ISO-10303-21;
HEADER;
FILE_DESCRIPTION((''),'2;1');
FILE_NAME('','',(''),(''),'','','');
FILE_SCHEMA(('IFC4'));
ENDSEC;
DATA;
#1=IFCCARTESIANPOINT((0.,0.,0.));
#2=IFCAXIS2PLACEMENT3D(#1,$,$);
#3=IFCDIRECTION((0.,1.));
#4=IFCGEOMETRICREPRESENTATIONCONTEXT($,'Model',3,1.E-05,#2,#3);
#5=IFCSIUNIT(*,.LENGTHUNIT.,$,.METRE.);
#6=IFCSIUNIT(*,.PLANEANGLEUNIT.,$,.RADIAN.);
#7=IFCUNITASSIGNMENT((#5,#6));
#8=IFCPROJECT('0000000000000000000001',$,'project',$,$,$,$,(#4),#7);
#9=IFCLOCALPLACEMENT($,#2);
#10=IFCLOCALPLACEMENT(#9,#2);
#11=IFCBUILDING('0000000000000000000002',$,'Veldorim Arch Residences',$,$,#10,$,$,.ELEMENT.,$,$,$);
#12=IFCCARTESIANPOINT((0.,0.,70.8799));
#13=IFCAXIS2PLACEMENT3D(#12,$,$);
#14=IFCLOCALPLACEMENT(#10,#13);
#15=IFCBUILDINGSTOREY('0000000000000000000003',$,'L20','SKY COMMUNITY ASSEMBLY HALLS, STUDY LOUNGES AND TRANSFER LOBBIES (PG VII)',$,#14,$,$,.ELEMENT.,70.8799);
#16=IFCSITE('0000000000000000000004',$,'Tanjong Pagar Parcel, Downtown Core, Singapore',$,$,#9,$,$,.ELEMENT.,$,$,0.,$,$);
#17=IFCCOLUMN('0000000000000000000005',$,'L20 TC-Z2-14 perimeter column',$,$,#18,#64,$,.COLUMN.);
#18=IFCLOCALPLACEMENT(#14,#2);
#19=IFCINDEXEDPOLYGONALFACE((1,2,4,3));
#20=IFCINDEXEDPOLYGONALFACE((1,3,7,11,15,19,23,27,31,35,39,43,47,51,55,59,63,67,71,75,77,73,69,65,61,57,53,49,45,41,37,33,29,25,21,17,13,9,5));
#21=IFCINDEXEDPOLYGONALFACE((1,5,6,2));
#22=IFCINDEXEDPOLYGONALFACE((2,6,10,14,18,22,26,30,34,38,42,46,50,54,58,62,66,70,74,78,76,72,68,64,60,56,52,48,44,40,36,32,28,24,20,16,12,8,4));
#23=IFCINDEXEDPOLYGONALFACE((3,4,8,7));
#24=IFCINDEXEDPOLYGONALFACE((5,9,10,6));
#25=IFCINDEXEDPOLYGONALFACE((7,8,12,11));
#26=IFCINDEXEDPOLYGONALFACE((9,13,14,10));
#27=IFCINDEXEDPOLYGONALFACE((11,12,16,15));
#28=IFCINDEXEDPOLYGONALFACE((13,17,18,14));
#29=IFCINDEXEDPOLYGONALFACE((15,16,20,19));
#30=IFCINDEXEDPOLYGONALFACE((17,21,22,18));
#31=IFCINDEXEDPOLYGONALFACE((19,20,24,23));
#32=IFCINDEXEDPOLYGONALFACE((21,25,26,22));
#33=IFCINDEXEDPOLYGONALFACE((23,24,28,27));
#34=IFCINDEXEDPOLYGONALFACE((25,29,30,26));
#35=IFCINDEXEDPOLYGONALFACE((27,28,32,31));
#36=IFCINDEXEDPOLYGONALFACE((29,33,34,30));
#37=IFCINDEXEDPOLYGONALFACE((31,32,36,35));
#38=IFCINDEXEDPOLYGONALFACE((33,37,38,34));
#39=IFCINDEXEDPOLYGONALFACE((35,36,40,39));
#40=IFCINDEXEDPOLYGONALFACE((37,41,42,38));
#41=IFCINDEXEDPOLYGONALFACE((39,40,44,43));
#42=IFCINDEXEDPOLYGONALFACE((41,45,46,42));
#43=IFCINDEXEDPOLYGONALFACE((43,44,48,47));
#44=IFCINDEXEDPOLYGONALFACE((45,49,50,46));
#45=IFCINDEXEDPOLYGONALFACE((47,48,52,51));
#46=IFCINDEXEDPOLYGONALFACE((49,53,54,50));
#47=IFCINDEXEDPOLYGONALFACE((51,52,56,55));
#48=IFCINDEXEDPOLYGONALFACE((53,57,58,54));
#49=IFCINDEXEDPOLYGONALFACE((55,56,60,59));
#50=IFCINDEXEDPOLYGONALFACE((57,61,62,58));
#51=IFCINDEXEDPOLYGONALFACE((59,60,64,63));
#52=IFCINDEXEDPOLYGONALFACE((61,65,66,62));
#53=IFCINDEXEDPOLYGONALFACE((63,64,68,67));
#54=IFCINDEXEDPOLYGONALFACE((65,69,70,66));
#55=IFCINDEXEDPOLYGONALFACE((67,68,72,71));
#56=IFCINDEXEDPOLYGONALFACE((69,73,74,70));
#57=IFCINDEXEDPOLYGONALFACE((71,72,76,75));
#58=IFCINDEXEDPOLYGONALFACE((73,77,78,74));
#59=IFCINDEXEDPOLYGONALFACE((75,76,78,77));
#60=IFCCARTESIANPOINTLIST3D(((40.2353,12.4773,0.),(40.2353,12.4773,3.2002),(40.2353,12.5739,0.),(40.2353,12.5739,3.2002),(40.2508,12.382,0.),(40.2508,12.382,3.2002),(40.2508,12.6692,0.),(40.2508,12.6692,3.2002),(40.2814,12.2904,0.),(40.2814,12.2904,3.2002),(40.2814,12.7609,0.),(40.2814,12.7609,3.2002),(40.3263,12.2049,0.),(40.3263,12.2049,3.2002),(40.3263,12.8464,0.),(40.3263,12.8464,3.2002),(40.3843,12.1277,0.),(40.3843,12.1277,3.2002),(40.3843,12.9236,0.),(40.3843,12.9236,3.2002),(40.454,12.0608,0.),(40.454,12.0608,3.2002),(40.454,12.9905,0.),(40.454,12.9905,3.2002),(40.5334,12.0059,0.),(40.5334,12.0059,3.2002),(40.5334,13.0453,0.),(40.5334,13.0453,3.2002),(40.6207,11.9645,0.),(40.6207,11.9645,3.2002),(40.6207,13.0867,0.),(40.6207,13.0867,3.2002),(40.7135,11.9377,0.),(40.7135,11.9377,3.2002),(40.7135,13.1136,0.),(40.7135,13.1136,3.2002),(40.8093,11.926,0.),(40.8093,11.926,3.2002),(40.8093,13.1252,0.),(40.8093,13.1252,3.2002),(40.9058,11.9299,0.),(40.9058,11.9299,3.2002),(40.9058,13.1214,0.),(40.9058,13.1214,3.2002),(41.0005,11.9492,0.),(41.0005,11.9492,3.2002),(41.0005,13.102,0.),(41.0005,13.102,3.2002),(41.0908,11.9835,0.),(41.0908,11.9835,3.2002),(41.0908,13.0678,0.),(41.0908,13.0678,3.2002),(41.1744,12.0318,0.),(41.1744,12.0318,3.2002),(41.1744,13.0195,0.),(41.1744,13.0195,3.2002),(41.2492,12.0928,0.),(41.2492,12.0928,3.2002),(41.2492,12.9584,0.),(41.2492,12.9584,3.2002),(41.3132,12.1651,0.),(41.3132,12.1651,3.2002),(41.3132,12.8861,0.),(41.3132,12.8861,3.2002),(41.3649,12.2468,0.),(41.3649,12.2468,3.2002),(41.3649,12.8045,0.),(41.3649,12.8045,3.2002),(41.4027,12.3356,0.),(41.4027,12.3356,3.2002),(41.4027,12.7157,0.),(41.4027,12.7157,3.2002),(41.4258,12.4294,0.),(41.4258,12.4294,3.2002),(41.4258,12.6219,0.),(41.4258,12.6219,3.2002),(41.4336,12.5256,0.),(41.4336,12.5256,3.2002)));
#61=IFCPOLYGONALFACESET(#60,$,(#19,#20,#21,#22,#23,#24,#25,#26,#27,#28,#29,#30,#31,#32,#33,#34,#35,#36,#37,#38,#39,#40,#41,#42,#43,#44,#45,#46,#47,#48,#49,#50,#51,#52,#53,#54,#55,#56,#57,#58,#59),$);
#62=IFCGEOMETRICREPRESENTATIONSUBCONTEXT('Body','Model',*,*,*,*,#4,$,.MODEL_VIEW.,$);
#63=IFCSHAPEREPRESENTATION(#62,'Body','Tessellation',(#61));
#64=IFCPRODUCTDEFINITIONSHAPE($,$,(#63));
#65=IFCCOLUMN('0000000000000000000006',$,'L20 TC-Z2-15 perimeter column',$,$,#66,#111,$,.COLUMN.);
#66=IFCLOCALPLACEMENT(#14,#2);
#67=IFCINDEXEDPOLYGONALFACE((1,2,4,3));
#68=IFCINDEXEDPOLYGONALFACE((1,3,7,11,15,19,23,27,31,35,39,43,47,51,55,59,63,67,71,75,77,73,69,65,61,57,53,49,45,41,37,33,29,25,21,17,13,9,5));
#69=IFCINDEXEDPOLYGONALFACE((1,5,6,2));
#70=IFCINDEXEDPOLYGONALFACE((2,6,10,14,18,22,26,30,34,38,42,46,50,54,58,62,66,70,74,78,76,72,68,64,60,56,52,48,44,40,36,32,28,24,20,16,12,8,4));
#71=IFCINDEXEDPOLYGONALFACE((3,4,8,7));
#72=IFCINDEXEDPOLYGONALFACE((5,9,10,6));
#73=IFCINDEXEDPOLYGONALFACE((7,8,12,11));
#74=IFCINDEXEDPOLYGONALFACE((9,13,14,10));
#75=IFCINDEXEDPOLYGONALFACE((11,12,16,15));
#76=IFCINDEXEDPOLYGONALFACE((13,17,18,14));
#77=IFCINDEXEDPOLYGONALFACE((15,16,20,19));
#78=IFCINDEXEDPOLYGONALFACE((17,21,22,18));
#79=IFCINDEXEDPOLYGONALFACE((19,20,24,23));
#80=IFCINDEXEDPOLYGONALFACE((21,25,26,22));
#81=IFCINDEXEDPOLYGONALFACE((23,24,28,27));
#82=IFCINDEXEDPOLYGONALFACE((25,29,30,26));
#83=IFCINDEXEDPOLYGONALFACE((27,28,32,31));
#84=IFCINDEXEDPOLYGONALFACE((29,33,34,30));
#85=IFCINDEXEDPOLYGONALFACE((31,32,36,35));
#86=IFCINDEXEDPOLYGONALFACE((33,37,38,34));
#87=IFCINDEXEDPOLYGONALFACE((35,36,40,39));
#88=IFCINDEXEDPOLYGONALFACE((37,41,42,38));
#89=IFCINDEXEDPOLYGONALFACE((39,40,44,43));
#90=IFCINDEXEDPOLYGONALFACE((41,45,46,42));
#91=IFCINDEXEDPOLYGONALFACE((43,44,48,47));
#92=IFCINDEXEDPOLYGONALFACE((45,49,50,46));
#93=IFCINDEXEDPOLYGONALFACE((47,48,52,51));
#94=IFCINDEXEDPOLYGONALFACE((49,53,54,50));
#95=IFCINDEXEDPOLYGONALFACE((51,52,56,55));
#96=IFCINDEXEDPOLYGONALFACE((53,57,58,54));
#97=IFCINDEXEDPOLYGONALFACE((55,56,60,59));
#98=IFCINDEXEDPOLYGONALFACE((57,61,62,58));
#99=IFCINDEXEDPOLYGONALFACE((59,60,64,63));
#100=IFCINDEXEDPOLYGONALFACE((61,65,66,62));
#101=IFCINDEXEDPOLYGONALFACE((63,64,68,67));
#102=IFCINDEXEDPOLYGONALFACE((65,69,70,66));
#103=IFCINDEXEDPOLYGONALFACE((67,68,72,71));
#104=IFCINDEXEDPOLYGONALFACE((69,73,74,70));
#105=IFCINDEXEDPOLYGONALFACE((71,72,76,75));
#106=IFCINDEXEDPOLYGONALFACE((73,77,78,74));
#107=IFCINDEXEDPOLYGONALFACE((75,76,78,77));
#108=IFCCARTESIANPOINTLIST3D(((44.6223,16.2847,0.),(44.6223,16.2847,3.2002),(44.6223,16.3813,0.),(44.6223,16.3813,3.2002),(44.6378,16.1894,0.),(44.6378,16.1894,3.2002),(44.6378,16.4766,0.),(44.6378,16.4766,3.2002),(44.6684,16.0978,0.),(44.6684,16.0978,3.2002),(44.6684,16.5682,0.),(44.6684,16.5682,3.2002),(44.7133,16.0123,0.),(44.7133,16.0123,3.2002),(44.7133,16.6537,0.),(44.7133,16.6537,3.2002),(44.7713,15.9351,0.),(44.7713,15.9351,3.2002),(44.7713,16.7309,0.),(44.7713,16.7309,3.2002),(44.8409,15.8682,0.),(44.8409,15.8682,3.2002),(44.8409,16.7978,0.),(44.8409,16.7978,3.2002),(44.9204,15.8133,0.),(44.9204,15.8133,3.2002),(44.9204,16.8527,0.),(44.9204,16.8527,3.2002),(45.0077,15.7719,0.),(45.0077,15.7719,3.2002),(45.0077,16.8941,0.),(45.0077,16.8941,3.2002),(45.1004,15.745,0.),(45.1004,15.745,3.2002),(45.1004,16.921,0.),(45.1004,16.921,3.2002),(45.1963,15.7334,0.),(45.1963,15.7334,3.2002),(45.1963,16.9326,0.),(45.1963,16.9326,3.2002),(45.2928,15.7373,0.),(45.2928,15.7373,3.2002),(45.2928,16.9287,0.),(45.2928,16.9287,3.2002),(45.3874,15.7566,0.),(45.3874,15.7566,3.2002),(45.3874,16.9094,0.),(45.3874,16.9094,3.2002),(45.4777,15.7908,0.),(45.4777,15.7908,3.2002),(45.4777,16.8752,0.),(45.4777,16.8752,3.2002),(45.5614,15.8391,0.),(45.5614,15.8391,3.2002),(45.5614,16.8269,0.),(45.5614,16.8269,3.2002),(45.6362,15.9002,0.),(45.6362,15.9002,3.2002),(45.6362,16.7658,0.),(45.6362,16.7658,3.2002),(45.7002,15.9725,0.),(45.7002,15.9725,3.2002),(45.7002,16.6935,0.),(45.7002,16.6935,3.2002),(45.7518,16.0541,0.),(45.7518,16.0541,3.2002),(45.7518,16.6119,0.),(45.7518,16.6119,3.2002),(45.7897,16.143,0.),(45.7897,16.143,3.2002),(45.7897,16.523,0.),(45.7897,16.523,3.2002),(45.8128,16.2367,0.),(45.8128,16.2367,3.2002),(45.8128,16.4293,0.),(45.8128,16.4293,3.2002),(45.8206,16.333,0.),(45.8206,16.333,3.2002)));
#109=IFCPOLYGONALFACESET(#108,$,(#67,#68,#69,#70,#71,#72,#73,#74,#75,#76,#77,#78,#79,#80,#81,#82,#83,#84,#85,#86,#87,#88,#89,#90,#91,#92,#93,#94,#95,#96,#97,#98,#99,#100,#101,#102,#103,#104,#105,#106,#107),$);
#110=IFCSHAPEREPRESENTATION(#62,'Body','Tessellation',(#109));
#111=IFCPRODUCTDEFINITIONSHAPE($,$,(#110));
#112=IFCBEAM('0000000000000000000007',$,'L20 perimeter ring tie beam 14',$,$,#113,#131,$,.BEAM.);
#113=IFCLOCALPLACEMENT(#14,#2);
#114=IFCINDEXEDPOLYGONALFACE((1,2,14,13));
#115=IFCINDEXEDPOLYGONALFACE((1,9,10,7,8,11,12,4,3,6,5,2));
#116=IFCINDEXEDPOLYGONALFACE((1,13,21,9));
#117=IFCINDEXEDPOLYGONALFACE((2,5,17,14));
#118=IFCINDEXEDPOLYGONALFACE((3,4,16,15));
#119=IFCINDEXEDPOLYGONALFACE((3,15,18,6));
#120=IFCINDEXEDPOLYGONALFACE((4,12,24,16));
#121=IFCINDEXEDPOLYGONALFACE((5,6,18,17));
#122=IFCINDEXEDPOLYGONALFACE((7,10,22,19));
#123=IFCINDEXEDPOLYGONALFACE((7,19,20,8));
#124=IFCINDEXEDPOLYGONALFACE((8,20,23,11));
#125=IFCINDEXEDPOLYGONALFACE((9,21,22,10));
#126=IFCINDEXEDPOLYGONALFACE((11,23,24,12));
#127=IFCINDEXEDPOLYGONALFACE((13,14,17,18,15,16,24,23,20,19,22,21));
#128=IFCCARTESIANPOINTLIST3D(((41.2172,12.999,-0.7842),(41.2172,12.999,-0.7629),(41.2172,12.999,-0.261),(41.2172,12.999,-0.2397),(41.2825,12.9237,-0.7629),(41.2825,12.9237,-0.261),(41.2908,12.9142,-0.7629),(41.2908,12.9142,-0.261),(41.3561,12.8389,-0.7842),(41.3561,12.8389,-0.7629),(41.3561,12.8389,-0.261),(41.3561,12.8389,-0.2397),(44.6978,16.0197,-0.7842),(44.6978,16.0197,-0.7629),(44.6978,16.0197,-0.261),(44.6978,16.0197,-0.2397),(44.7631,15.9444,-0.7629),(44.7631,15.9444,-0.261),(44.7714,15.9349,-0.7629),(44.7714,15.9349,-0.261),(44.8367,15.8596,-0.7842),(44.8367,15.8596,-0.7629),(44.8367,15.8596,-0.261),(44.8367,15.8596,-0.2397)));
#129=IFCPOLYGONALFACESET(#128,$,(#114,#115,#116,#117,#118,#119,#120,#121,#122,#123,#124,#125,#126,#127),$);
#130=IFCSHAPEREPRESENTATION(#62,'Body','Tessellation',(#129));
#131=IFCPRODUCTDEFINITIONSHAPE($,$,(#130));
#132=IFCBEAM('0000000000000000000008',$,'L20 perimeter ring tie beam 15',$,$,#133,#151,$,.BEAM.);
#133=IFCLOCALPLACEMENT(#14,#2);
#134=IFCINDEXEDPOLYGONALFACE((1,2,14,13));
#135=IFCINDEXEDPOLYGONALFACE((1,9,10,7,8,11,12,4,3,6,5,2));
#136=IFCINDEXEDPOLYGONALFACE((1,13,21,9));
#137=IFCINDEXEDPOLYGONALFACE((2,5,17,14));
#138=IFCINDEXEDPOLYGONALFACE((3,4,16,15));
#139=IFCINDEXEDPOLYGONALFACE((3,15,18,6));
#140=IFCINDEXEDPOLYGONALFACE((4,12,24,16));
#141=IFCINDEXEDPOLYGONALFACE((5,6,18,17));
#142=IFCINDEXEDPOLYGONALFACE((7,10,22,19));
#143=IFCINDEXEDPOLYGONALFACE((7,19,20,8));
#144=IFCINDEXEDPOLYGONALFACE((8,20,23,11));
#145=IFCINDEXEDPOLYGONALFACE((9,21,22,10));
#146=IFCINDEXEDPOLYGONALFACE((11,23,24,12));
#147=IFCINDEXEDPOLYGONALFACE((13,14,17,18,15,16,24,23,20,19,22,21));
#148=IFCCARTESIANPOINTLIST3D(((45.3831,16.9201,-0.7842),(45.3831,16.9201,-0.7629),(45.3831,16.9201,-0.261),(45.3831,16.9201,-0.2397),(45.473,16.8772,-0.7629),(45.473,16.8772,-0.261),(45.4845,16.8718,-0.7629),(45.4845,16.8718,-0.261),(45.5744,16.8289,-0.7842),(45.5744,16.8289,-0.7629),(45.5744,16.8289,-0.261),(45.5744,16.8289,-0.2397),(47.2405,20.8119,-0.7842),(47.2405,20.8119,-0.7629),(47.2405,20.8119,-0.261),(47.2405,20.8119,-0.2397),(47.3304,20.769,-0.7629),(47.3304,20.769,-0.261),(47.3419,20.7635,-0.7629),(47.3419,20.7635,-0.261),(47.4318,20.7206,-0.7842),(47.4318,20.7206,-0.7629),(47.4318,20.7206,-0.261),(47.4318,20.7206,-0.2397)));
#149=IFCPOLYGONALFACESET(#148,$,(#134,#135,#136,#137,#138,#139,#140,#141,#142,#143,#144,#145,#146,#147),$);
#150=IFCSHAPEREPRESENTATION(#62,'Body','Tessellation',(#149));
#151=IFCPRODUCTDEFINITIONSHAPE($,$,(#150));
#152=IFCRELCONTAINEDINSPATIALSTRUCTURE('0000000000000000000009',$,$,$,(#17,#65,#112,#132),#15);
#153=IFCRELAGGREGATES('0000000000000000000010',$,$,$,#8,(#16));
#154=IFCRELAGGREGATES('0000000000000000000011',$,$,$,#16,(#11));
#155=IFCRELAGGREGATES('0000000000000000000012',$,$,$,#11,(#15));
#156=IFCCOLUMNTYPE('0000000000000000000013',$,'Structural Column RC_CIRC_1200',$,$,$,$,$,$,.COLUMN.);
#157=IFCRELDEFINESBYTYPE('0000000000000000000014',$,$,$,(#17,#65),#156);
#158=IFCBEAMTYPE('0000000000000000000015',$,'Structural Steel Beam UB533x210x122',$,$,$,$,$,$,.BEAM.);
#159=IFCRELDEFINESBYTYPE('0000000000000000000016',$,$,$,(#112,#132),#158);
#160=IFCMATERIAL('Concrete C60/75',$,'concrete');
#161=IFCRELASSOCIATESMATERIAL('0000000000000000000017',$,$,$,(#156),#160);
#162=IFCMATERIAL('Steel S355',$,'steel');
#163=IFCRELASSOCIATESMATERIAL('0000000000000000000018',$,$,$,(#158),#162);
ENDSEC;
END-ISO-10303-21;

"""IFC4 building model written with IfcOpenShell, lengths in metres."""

from ifc_helpers import new_model, si_unit, direction, frame, origin, origin_2d, place, context, subcontext, project, spatial, circle, i_section, extrude, material, material_profile, profile_set, type_object, element, save


model = new_model("IFC4")

# Units and contexts
model_context = context("Model", 3, precision=1e-05, world=origin(), true_north=direction((0.0, 1.0)))
body_context = subcontext(model_context, "Body", "Model", "MODEL_VIEW")
ifc_project = project(units=[si_unit("LENGTHUNIT", "METRE"), si_unit("PLANEANGLEUNIT", "RADIAN")], contexts=[model_context])

# Site, building, storey
site_placement = place(None, origin())
site = spatial("IfcSite", under=ifc_project, at=site_placement, Name="Tanjong Pagar Parcel, Downtown Core, Singapore", CompositionType="ELEMENT", RefElevation=0.0)
building_placement = place(site_placement, origin())
building = spatial("IfcBuilding", under=site, at=building_placement, Name="Veldorim Arch Residences", CompositionType="ELEMENT")
storey_placement = place(building_placement, frame((0.0, 0.0, 70.8799)))
storey = spatial("IfcBuildingStorey", under=building, at=storey_placement, Name="L20", Description="SKY COMMUNITY ASSEMBLY HALLS, STUDY LOUNGES AND TRANSFER LOBBIES (PG VII)", CompositionType="ELEMENT", Elevation=70.8799)

# Columns
ifc_material_1 = material(Name="Concrete C60/75", Category="concrete")
ifc_material_profile_1 = material_profile(ifc_material_1, circle(Radius=0.6001, at=origin_2d()), Name="RC_CIRC_1200")
ifc_profile_set_1 = profile_set([ifc_material_profile_1], Name="Concrete C60/75")
column_type = type_object("IfcColumnType", Name="Structural Column RC_CIRC_1200", PredefinedType="COLUMN", material=ifc_profile_set_1)
for number, where, z_axis, x_axis, name in (
    (1, (40.8335, 12.5256, 0.0), (0.0, 0.0, 1.0), (1.0, 0.0, 0.0), "L20 TC-Z2-14 perimeter column"),
    (2, (45.2205, 16.333, 0.0), (0.0, 0.0, 1.0), (1.0, 0.0, 0.0), "L20 TC-Z2-15 perimeter column"),
):
    element("IfcColumn", number, at=place(storey_placement, frame(where, z_axis=z_axis, x_axis=x_axis)), inside=storey, type_object=column_type, Name=name, PredefinedType="COLUMN", context=body_context, shape_type="SweptSolid", body=[
        extrude(circle(Radius=0.6001, at=origin_2d()), origin(), (0.0, 0.0, 1.0), 3.2002),
    ])

# Beams
ifc_material_2 = material(Name="Steel S355", Category="steel")
ifc_material_profile_2 = material_profile(ifc_material_2, i_section(OverallWidth=0.2119, OverallDepth=0.5444, WebThickness=0.0127, FlangeThickness=0.0212, at=origin_2d()), Name="UB533x210x122")
ifc_profile_set_2 = profile_set([ifc_material_profile_2], Name="Steel S355")
beam_type = type_object("IfcBeamType", Name="Structural Steel Beam UB533x210x122", PredefinedType="BEAM", material=ifc_profile_set_2)
beam_1_placement = place(storey_placement, frame((41.2866, 12.9189, -0.512), z_axis=(0.755245, 0.655443, 0.0), x_axis=(-0.655443, 0.755245, 0.0)))
element("IfcBeam", 3, at=beam_1_placement, inside=storey, type_object=beam_type, Name="L20 perimeter ring tie beam 14", PredefinedType="BEAM", context=body_context, shape_type="SweptSolid", body=[
    extrude(i_section(OverallWidth=0.2119, OverallDepth=0.5444, WebThickness=0.0127, FlangeThickness=0.0212, at=origin_2d()), origin(), (0.0, 0.0, 1.0), 4.6086),
])
beam_2_placement = place(storey_placement, frame((45.4788, 16.8745, -0.512), z_axis=(0.43072, 0.902486, 0.0), x_axis=(-0.902486, 0.43072, 0.0)))
element("IfcBeam", 4, at=beam_2_placement, inside=storey, type_object=beam_type, Name="L20 perimeter ring tie beam 15", PredefinedType="BEAM", context=body_context, shape_type="SweptSolid", body=[
    extrude(i_section(OverallWidth=0.2119, OverallDepth=0.5444, WebThickness=0.0127, FlangeThickness=0.0212, at=origin_2d()), origin(), (0.0, 0.0, 1.0), 4.3123),
])

save(model, "model.ifc")
